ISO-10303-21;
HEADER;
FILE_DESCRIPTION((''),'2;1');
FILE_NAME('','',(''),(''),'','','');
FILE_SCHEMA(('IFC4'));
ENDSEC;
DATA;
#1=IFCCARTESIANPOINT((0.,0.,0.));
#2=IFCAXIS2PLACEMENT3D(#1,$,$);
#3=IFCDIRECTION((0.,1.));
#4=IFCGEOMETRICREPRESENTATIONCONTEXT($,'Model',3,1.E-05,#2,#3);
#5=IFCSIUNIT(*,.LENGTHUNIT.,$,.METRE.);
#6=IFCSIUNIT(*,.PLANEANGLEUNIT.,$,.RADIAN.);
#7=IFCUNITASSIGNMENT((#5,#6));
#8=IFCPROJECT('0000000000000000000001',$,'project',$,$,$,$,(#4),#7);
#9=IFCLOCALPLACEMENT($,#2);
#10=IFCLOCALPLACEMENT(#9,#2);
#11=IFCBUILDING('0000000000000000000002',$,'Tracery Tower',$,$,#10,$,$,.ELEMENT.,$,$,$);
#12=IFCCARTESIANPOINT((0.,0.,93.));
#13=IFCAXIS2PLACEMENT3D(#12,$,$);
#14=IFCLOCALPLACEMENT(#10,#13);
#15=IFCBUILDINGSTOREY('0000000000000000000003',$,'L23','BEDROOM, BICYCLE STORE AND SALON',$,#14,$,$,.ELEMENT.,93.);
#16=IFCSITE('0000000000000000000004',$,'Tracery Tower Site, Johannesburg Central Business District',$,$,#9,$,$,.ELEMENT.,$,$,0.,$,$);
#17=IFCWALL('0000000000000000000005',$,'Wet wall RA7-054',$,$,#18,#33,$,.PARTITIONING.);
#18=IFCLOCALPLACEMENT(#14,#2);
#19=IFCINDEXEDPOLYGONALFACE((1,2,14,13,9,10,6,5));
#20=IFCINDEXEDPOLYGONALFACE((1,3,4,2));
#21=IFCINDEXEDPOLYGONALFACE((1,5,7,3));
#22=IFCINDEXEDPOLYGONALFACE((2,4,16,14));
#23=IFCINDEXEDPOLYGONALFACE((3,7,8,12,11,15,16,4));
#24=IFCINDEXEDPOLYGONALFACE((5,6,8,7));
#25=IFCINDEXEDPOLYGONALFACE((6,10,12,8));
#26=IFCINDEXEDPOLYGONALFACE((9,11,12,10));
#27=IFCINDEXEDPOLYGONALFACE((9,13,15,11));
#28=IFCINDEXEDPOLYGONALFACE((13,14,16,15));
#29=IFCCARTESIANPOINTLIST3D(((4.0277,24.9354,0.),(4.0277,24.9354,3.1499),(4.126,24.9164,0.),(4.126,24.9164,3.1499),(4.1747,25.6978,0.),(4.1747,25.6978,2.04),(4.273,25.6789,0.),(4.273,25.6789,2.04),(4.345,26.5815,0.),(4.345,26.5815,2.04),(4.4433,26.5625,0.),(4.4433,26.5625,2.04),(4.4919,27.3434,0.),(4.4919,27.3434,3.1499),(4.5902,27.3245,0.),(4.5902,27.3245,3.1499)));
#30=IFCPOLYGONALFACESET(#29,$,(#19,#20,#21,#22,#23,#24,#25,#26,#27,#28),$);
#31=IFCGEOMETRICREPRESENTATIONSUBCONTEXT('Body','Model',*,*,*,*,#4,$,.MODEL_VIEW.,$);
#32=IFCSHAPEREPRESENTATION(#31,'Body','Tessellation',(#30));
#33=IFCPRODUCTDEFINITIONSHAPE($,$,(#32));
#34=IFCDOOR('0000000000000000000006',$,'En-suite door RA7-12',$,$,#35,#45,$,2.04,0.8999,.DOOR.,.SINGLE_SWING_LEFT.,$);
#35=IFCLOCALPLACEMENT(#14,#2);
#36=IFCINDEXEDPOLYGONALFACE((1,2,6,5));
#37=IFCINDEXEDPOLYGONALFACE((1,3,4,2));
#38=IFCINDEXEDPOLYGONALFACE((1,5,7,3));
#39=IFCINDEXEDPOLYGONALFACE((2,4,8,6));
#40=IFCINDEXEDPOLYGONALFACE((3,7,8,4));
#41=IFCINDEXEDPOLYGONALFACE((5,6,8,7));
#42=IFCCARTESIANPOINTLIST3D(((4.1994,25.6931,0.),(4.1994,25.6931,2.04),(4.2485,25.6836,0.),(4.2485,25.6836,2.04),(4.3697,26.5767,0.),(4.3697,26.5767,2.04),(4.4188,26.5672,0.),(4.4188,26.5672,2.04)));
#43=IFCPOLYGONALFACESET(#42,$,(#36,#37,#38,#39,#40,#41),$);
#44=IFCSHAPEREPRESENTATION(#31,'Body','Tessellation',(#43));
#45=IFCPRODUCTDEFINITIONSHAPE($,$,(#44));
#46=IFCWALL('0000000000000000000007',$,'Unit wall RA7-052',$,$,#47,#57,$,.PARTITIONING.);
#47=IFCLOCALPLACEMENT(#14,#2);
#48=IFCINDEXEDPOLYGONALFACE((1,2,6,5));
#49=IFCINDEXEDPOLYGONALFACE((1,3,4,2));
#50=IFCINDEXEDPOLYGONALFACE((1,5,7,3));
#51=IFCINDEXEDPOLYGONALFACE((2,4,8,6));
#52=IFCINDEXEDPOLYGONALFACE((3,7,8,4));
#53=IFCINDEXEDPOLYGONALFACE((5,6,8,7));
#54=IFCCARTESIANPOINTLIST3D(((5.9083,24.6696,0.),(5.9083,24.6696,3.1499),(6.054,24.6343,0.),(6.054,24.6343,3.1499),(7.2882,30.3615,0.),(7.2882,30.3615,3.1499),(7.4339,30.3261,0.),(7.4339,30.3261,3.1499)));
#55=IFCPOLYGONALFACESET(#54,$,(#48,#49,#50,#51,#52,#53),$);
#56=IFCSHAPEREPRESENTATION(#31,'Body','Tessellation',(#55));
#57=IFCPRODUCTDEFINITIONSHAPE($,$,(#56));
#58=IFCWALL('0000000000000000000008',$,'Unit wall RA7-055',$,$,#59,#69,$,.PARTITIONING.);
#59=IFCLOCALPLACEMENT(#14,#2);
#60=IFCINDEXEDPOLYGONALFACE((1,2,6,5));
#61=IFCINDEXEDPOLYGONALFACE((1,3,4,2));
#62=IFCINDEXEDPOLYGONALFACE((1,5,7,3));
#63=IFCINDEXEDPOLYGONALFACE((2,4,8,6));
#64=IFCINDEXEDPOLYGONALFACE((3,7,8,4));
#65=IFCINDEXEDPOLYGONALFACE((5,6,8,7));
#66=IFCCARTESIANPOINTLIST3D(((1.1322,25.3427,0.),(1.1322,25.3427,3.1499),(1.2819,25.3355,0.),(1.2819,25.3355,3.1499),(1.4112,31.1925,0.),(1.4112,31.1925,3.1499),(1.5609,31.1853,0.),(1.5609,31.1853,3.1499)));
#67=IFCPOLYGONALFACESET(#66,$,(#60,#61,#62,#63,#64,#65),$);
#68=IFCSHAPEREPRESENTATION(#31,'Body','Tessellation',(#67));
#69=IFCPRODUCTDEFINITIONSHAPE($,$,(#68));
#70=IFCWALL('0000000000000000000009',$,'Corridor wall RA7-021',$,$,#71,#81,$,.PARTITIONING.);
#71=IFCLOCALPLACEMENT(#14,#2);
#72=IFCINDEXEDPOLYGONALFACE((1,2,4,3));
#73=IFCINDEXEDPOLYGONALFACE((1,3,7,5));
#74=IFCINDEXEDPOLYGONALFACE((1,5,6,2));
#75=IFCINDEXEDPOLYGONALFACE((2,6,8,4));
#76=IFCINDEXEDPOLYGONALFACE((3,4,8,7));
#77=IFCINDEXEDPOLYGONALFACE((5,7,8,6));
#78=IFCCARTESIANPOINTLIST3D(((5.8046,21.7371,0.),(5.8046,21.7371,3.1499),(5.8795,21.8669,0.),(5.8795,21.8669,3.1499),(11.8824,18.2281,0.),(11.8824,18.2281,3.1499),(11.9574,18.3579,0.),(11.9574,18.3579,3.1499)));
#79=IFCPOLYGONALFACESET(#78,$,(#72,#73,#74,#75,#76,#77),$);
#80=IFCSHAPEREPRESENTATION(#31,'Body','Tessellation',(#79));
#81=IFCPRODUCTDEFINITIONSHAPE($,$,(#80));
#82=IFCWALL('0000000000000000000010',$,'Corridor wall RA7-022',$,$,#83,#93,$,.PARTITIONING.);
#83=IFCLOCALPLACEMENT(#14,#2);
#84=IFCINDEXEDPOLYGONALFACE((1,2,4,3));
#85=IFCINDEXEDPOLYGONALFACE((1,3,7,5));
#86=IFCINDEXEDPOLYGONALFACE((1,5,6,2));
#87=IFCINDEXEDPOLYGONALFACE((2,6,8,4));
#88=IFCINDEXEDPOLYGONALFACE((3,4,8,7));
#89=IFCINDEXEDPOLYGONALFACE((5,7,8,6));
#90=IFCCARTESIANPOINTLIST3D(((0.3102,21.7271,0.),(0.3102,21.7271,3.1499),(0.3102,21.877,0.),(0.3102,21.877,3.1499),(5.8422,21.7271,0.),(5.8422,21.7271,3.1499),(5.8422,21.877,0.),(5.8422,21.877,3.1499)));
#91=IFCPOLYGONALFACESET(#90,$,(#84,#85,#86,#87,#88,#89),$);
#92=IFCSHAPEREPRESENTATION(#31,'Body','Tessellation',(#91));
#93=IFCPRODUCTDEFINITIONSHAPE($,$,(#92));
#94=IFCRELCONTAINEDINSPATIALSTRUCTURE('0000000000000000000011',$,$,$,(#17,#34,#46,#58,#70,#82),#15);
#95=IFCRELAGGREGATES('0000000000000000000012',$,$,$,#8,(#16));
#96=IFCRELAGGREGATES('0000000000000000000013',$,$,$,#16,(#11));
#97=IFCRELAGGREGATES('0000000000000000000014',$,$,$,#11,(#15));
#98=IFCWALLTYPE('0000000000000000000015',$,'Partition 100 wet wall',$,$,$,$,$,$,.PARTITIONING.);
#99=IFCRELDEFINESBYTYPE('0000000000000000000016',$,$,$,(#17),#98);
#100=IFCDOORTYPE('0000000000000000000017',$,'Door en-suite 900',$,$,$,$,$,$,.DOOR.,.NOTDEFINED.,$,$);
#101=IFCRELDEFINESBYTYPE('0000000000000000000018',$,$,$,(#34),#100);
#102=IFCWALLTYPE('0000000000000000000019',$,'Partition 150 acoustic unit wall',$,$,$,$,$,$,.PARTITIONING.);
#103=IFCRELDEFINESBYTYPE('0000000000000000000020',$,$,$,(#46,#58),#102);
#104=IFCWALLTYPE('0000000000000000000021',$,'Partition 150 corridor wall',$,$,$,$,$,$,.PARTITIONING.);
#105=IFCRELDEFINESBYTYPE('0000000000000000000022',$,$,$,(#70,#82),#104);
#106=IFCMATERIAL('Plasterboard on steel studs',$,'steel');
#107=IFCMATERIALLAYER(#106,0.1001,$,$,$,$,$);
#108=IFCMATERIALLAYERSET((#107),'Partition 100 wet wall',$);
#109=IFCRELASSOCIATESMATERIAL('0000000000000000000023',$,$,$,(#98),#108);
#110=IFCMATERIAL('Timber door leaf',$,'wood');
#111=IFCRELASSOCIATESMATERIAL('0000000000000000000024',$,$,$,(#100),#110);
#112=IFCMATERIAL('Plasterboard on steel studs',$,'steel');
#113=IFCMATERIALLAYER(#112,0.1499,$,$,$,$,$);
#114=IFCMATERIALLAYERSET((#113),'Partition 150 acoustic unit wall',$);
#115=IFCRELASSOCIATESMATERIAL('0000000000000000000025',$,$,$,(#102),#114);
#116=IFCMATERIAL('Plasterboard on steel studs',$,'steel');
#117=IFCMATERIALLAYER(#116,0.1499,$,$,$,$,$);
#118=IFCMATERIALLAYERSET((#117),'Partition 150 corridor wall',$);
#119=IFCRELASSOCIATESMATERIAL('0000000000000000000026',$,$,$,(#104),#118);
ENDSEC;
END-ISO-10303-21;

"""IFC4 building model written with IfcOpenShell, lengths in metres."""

from ifc_helpers import new_model, si_unit, direction, frame, frame_2d, origin, place, context, subcontext, project, spatial, rectangle, extrude, material, layer, layer_set, type_object, element, fill, save


model = new_model("IFC4")

# Units and contexts
model_context = context("Model", 3, precision=1e-05, world=origin(), true_north=direction((0.0, 1.0)))
body_context = subcontext(model_context, "Body", "Model", "MODEL_VIEW")
ifc_project = project(units=[si_unit("LENGTHUNIT", "METRE"), si_unit("PLANEANGLEUNIT", "RADIAN")], contexts=[model_context])

# Site, building, storey
site_placement = place(None, origin())
site = spatial("IfcSite", under=ifc_project, at=site_placement, Name="Tracery Tower Site, Johannesburg Central Business District", CompositionType="ELEMENT", RefElevation=0.0)
building_placement = place(site_placement, origin())
building = spatial("IfcBuilding", under=site, at=building_placement, Name="Tracery Tower", CompositionType="ELEMENT")
storey_placement = place(building_placement, frame((0.0, 0.0, 93.0)))
storey = spatial("IfcBuildingStorey", under=building, at=storey_placement, Name="L23", Description="BEDROOM, BICYCLE STORE AND SALON", CompositionType="ELEMENT", Elevation=93.0)

# Shared definitions
ifc_material_1 = material(Name="Plasterboard on steel studs", Category="steel")
ifc_layer_1 = layer(ifc_material_1, 0.1001)
ifc_layer_set_1 = layer_set([ifc_layer_1], Name="Partition 100 wet wall")
wall_type_1 = type_object("IfcWallType", Name="Partition 100 wet wall", PredefinedType="PARTITIONING", material=ifc_layer_set_1)

# Shared definitions
ifc_material_2 = material(Name="Timber door leaf", Category="wood")
door_type = type_object("IfcDoorType", Name="Door en-suite 900", OperationType="NOTDEFINED", PredefinedType="DOOR", material=ifc_material_2)

# Wall, opening, door
wall_1_placement = place(storey_placement, frame((4.0769, 24.926, 0.0), z_axis=(0.0, 0.0, 1.0), x_axis=(0.189257, 0.981928, 0.0)))
wall_1 = element("IfcWall", 1, at=wall_1_placement, inside=storey, type_object=wall_type_1, Name="Wet wall RA7-054", PredefinedType="PARTITIONING", context=body_context, shape_type="SweptSolid", body=[
    extrude(rectangle(XDim=2.4524, YDim=0.1001, at=frame_2d((1.2261, 0.0))), origin(), (0.0, 0.0, 1.0), 3.1499),
])
opening_1_placement = place(wall_1_placement, frame((0.7764, 0.0, 0.0)))
opening_1 = element("IfcOpeningElement", 2, at=opening_1_placement, cuts=wall_1, PredefinedType="OPENING", context=body_context, shape_type="SweptSolid", body=[
    extrude(rectangle(XDim=0.8999, YDim=2.04, at=frame_2d((0.45, 1.02))), frame((0.0, 0.05, 0.0), z_axis=(0.0, -1.0, 0.0), x_axis=(1.0, 0.0, 0.0)), (0.0, 0.0, 1.0), 0.1001),
])
door_1_placement = place(opening_1_placement, origin())
door_1 = element("IfcDoor", 3, at=door_1_placement, inside=storey, type_object=door_type, Name="En-suite door RA7-12", OperationType="SINGLE_SWING_LEFT", OverallHeight=2.04, OverallWidth=0.8999, PredefinedType="DOOR", context=body_context, shape_type="SweptSolid", body=[
    extrude(rectangle(XDim=0.8999, YDim=2.04, at=frame_2d((0.45, 1.02))), frame((0.0, 0.0249, 0.0), z_axis=(0.0, -1.0, 0.0), x_axis=(1.0, 0.0, 0.0)), (0.0, 0.0, 1.0), 0.05),
])
fill(opening_1, door_1)

# Walls
ifc_material_3 = material(Name="Plasterboard on steel studs", Category="steel")
ifc_layer_2 = layer(ifc_material_3, 0.1499)
ifc_layer_set_2 = layer_set([ifc_layer_2], Name="Partition 150 acoustic unit wall")
wall_type_2 = type_object("IfcWallType", Name="Partition 150 acoustic unit wall", PredefinedType="PARTITIONING", material=ifc_layer_set_2)
wall_2_placement = place(storey_placement, frame((5.9812, 24.6521, 0.0), z_axis=(0.0, 0.0, 1.0), x_axis=(0.235605, 0.971849, 0.0)))
element("IfcWall", 4, at=wall_2_placement, inside=storey, type_object=wall_type_2, Name="Unit wall RA7-052", PredefinedType="PARTITIONING", context=body_context, shape_type="SweptSolid", body=[
    extrude(rectangle(XDim=5.8567, YDim=0.1499, at=frame_2d((2.9282, 0.0))), origin(), (0.0, 0.0, 1.0), 3.1499),
])
wall_3_placement = place(storey_placement, frame((1.207, 25.3391, 0.0), z_axis=(0.0, 0.0, 1.0), x_axis=(0.047648, 0.998864, 0.0)))
element("IfcWall", 5, at=wall_3_placement, inside=storey, type_object=wall_type_2, Name="Unit wall RA7-055", PredefinedType="PARTITIONING", context=body_context, shape_type="SweptSolid", body=[
    extrude(rectangle(XDim=5.8564, YDim=0.1499, at=frame_2d((2.9282, 0.0))), origin(), (0.0, 0.0, 1.0), 3.1499),
])
ifc_material_4 = material(Name="Plasterboard on steel studs", Category="steel")
ifc_layer_3 = layer(ifc_material_4, 0.1499)
ifc_layer_set_3 = layer_set([ifc_layer_3], Name="Partition 150 corridor wall")
wall_type_3 = type_object("IfcWallType", Name="Partition 150 corridor wall", PredefinedType="PARTITIONING", material=ifc_layer_set_3)
wall_4_placement = place(storey_placement, frame((5.842, 21.802, 0.0), z_axis=(0.0, 0.0, 1.0), x_axis=(0.866027, -0.499996, 0.0)))
element("IfcWall", 6, at=wall_4_placement, inside=storey, type_object=wall_type_3, Name="Corridor wall RA7-021", PredefinedType="PARTITIONING", context=body_context, shape_type="SweptSolid", body=[
    extrude(rectangle(XDim=7.0181, YDim=0.1499, at=frame_2d((3.509, 0.0))), origin(), (0.0, 0.0, 1.0), 3.1499),
])
wall_5_placement = place(storey_placement, frame((0.3101, 21.802, 0.0), z_axis=(0.0, 0.0, 1.0), x_axis=(1.0, 0.0, 0.0)))
element("IfcWall", 7, at=wall_5_placement, inside=storey, type_object=wall_type_3, Name="Corridor wall RA7-022", PredefinedType="PARTITIONING", context=body_context, shape_type="SweptSolid", body=[
    extrude(rectangle(XDim=5.532, YDim=0.1499, at=frame_2d((2.7661, 0.0))), origin(), (0.0, 0.0, 1.0), 3.1499),
])

save(model, "model.ifc")
